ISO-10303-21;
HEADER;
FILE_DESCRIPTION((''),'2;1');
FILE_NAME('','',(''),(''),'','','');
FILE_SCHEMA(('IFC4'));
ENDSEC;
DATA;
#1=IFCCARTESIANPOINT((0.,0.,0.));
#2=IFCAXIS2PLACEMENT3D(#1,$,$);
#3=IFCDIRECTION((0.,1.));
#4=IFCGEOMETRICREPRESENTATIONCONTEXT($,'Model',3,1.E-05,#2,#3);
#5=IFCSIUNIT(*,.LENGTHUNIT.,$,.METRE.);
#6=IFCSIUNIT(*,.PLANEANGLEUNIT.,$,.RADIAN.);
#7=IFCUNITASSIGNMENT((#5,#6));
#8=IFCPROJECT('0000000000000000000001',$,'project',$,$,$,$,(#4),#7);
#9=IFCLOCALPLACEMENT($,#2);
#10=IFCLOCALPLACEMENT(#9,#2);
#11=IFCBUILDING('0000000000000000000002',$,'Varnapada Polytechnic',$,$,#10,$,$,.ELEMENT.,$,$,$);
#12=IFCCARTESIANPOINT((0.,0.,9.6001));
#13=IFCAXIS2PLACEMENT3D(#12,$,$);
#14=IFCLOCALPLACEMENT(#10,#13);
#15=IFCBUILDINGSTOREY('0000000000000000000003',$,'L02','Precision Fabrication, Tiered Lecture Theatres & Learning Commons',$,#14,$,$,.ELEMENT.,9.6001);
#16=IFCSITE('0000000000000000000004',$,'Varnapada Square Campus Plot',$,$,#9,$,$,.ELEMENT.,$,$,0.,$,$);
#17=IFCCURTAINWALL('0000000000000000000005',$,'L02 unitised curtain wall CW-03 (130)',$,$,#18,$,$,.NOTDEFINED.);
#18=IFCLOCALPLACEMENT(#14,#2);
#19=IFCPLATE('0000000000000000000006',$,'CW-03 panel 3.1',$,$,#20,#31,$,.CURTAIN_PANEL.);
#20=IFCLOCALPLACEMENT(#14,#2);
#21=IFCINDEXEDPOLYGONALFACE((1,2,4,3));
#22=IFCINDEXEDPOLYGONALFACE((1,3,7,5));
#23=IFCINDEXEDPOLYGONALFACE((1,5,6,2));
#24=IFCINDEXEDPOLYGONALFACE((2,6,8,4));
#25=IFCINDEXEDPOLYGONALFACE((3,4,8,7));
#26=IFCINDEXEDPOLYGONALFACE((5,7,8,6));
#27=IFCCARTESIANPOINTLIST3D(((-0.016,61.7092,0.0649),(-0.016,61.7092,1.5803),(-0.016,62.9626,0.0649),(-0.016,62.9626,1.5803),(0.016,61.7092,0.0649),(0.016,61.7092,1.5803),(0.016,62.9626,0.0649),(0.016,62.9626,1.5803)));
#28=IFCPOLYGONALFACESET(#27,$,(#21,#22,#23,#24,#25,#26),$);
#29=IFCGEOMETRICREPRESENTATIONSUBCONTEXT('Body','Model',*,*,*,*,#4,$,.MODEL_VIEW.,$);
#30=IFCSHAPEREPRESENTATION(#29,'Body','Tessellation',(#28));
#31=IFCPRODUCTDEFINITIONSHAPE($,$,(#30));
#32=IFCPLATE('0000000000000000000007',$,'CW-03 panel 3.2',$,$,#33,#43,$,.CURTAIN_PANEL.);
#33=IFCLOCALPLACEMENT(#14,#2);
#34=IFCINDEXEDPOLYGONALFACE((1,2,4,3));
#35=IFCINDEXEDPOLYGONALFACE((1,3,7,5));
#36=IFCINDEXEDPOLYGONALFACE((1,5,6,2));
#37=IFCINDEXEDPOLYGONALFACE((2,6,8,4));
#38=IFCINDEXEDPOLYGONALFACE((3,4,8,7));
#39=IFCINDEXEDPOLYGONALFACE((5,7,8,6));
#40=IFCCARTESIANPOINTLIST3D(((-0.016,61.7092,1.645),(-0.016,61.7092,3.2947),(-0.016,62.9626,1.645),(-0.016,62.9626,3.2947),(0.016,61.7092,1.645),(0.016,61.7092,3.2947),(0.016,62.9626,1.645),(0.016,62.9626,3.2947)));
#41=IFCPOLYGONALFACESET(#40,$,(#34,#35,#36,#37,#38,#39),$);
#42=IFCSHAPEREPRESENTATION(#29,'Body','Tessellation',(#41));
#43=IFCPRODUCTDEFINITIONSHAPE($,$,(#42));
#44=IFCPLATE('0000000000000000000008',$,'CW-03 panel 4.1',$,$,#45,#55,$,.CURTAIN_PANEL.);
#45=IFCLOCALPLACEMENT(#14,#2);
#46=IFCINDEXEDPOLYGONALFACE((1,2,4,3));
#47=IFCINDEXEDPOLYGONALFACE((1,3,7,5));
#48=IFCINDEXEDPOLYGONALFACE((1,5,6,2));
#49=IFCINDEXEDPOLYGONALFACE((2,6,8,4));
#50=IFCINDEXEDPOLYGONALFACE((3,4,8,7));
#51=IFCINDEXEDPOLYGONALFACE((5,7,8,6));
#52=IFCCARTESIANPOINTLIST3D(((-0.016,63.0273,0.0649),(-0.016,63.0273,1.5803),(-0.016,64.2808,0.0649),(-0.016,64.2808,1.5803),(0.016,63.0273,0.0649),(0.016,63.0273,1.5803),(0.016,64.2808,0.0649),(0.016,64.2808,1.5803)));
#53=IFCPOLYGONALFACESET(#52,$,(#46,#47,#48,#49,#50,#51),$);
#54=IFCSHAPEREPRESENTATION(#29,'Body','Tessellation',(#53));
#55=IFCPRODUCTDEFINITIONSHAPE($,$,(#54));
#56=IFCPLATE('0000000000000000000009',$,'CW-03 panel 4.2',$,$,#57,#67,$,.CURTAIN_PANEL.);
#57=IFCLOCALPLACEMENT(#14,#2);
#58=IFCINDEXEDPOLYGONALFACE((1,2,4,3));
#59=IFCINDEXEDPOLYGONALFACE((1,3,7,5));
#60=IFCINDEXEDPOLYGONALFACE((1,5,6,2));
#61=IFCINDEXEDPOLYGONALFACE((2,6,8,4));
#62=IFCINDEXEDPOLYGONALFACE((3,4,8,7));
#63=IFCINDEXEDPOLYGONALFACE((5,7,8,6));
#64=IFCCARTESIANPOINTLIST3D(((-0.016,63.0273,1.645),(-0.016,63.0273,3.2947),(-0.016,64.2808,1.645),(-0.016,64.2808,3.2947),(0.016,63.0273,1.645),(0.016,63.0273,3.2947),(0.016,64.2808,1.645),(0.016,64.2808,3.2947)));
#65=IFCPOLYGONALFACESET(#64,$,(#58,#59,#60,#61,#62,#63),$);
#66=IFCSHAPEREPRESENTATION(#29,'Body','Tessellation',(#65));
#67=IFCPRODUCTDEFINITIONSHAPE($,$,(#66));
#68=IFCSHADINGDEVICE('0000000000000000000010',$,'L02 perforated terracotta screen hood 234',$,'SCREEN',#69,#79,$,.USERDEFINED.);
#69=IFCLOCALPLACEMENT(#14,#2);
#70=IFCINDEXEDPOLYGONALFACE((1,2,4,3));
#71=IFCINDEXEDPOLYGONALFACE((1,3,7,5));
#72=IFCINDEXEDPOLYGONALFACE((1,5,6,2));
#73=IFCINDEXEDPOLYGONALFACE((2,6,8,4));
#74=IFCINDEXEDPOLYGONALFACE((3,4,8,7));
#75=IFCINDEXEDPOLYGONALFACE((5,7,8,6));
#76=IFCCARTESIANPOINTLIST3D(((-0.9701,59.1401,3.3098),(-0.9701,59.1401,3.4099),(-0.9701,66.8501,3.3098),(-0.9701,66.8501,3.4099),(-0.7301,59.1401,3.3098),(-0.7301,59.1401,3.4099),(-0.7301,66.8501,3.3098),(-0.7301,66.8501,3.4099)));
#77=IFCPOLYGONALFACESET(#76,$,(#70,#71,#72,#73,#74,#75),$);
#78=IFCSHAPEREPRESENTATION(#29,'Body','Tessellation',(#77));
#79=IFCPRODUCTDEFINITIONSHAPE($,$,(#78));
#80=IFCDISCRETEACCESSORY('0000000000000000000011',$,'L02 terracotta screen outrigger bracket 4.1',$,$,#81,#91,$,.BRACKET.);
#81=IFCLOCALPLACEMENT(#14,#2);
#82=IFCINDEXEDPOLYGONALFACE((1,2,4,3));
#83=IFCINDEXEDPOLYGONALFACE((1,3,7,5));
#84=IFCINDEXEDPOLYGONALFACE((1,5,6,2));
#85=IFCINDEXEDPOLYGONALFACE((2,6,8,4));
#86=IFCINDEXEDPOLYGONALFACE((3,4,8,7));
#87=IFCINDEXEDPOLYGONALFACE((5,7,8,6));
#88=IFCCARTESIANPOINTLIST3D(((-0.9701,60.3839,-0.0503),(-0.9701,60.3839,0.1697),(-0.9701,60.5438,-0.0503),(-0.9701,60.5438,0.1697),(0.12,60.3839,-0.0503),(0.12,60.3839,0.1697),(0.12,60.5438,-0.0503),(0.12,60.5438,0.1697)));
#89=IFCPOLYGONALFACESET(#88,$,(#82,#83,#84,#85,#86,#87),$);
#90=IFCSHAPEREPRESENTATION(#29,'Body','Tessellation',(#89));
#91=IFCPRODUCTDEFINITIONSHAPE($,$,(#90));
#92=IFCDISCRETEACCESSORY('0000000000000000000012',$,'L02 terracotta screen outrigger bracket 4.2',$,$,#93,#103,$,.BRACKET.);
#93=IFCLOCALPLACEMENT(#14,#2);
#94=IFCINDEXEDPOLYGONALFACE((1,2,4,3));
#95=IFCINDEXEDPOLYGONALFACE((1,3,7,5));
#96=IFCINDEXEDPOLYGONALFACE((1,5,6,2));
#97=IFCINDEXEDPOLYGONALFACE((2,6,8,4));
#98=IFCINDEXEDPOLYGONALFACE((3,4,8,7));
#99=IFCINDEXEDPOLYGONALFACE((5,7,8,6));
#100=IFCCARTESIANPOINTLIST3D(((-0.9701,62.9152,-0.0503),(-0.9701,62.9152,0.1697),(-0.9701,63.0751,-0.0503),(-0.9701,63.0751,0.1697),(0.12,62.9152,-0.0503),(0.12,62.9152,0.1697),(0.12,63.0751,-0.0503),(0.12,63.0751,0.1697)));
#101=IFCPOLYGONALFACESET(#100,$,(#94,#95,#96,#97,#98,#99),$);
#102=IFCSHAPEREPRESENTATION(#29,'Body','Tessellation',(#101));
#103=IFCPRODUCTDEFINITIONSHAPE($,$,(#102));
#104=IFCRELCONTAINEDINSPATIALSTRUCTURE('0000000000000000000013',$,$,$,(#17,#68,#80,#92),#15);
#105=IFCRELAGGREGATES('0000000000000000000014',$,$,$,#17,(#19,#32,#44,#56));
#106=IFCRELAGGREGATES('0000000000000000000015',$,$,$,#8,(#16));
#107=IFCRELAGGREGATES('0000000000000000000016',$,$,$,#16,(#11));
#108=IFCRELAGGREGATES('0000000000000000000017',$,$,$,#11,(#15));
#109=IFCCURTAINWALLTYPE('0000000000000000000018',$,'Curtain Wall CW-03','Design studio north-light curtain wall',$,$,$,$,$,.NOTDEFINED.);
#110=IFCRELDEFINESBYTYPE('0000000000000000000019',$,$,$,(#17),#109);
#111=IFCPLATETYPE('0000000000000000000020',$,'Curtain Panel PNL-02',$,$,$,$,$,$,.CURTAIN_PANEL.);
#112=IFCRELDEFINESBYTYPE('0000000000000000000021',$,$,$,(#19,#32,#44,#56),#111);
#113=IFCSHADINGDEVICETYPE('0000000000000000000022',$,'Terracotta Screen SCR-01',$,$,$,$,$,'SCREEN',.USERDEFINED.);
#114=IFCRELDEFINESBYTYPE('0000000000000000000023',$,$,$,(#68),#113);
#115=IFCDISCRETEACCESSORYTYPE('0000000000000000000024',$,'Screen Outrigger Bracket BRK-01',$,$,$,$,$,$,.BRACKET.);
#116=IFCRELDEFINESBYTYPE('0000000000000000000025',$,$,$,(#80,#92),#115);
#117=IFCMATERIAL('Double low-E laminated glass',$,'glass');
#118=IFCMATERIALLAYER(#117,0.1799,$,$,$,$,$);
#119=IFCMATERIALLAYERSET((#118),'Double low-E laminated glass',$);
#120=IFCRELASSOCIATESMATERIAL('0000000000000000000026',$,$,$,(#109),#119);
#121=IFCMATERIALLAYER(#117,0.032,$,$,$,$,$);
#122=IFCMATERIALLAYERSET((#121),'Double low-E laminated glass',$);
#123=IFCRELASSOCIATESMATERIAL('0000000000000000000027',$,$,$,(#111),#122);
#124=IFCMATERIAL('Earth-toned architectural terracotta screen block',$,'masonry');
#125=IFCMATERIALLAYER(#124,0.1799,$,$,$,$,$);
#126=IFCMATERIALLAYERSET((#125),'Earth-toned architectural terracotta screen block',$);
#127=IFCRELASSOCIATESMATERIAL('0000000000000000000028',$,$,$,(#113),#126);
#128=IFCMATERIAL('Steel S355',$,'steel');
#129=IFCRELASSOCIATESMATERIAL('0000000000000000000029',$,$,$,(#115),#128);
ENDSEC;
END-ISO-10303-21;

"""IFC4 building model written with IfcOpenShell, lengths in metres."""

from ifc_helpers import new_model, si_unit, direction, frame, origin, origin_2d, place, context, subcontext, project, spatial, rectangle, extrude, material, layer, layer_set, type_object, element, aggregate, save


model = new_model("IFC4")

# Units and contexts
model_context = context("Model", 3, precision=1e-05, world=origin(), true_north=direction((0.0, 1.0)))
body_context = subcontext(model_context, "Body", "Model", "MODEL_VIEW")
ifc_project = project(units=[si_unit("LENGTHUNIT", "METRE"), si_unit("PLANEANGLEUNIT", "RADIAN")], contexts=[model_context])

# Site, building, storey
site_placement = place(None, origin())
site = spatial("IfcSite", under=ifc_project, at=site_placement, Name="Varnapada Square Campus Plot", CompositionType="ELEMENT", RefElevation=0.0)
building_placement = place(site_placement, origin())
building = spatial("IfcBuilding", under=site, at=building_placement, Name="Varnapada Polytechnic", CompositionType="ELEMENT")
storey_placement = place(building_placement, frame((0.0, 0.0, 9.6001)))
storey = spatial("IfcBuildingStorey", under=building, at=storey_placement, Name="L02", Description="Precision Fabrication, Tiered Lecture Theatres & Learning Commons", CompositionType="ELEMENT", Elevation=9.6001)

# Curtain wall, plates
ifc_material_1 = material(Name="Double low-E laminated glass", Category="glass")
ifc_layer_1 = layer(ifc_material_1, 0.1799)
ifc_layer_set_1 = layer_set([ifc_layer_1], Name="Double low-E laminated glass")
curtain_wall_type = type_object("IfcCurtainWallType", Name="Curtain Wall CW-03", Description="Design studio north-light curtain wall", PredefinedType="NOTDEFINED", material=ifc_layer_set_1)
curtain_wall_placement = place(storey_placement, origin())
curtain_wall = element("IfcCurtainWall", 1, at=curtain_wall_placement, inside=storey, type_object=curtain_wall_type, Name="L02 unitised curtain wall CW-03 (130)", PredefinedType="NOTDEFINED")
ifc_layer_2 = layer(ifc_material_1, 0.032)
ifc_layer_set_2 = layer_set([ifc_layer_2], Name="Double low-E laminated glass")
plate_type = type_object("IfcPlateType", Name="Curtain Panel PNL-02", PredefinedType="CURTAIN_PANEL", material=ifc_layer_set_2)
plate_1_placement = place(storey_placement, frame((0.0, 62.3359, 0.0649), z_axis=(0.0, 0.0, 1.0), x_axis=(0.0, 1.0, 0.0)))
plate_1 = element("IfcPlate", 2, at=plate_1_placement, type_object=plate_type, Name="CW-03 panel 3.1", PredefinedType="CURTAIN_PANEL", context=body_context, shape_type="SweptSolid", body=[
    extrude(rectangle(XDim=1.2534, YDim=0.032, at=origin_2d()), origin(), (0.0, 0.0, 1.0), 1.5154),
])
plate_2_placement = place(storey_placement, frame((0.0, 62.3359, 1.645), z_axis=(0.0, 0.0, 1.0), x_axis=(0.0, 1.0, 0.0)))
plate_2 = element("IfcPlate", 3, at=plate_2_placement, type_object=plate_type, Name="CW-03 panel 3.2", PredefinedType="CURTAIN_PANEL", context=body_context, shape_type="SweptSolid", body=[
    extrude(rectangle(XDim=1.2534, YDim=0.032, at=origin_2d()), origin(), (0.0, 0.0, 1.0), 1.6497),
])
plate_3_placement = place(storey_placement, frame((0.0, 63.6541, 0.0649), z_axis=(0.0, 0.0, 1.0), x_axis=(0.0, 1.0, 0.0)))
plate_3 = element("IfcPlate", 4, at=plate_3_placement, type_object=plate_type, Name="CW-03 panel 4.1", PredefinedType="CURTAIN_PANEL", context=body_context, shape_type="SweptSolid", body=[
    extrude(rectangle(XDim=1.2534, YDim=0.032, at=origin_2d()), origin(), (0.0, 0.0, 1.0), 1.5154),
])
plate_4_placement = place(storey_placement, frame((0.0, 63.6541, 1.645), z_axis=(0.0, 0.0, 1.0), x_axis=(0.0, 1.0, 0.0)))
plate_4 = element("IfcPlate", 5, at=plate_4_placement, type_object=plate_type, Name="CW-03 panel 4.2", PredefinedType="CURTAIN_PANEL", context=body_context, shape_type="SweptSolid", body=[
    extrude(rectangle(XDim=1.2534, YDim=0.032, at=origin_2d()), origin(), (0.0, 0.0, 1.0), 1.6497),
])
aggregate(curtain_wall, [plate_1, plate_2, plate_3, plate_4])

# Shading device
ifc_material_2 = material(Name="Earth-toned architectural terracotta screen block", Category="masonry")
ifc_layer_3 = layer(ifc_material_2, 0.1799)
ifc_layer_set_3 = layer_set([ifc_layer_3], Name="Earth-toned architectural terracotta screen block")
shading_device_type = type_object("IfcShadingDeviceType", Name="Terracotta Screen SCR-01", ElementType="SCREEN", PredefinedType="USERDEFINED", material=ifc_layer_set_3)
shading_device_placement = place(storey_placement, frame((-0.8501, 62.9951, 3.3098), z_axis=(0.0, 0.0, 1.0), x_axis=(0.0, 1.0, 0.0)))
element("IfcShadingDevice", 6, at=shading_device_placement, inside=storey, type_object=shading_device_type, Name="L02 perforated terracotta screen hood 234", ObjectType="SCREEN", PredefinedType="USERDEFINED", context=body_context, shape_type="SweptSolid", body=[
    extrude(rectangle(XDim=7.71, YDim=0.24, at=origin_2d()), origin(), (0.0, 0.0, 1.0), 0.1001),
])

# Discrete accessories
ifc_material_3 = material(Name="Steel S355", Category="steel")
discrete_accessory_type = type_object("IfcDiscreteAccessoryType", Name="Screen Outrigger Bracket BRK-01", PredefinedType="BRACKET", material=ifc_material_3)
for number, where, z_axis, x_axis, name in (
    (7, (-0.425, 60.4639, -0.0503), (0.0, 0.0, 1.0), (0.0, 1.0, 0.0), "L02 terracotta screen outrigger bracket 4.1"),
    (8, (-0.425, 62.9951, -0.0503), (0.0, 0.0, 1.0), (0.0, 1.0, 0.0), "L02 terracotta screen outrigger bracket 4.2"),
):
    element("IfcDiscreteAccessory", number, at=place(storey_placement, frame(where, z_axis=z_axis, x_axis=x_axis)), inside=storey, type_object=discrete_accessory_type, Name=name, PredefinedType="BRACKET", context=body_context, shape_type="SweptSolid", body=[
        extrude(rectangle(XDim=0.1599, YDim=1.0901, at=origin_2d()), origin(), (0.0, 0.0, 1.0), 0.22),
    ])

save(model, "model.ifc")
